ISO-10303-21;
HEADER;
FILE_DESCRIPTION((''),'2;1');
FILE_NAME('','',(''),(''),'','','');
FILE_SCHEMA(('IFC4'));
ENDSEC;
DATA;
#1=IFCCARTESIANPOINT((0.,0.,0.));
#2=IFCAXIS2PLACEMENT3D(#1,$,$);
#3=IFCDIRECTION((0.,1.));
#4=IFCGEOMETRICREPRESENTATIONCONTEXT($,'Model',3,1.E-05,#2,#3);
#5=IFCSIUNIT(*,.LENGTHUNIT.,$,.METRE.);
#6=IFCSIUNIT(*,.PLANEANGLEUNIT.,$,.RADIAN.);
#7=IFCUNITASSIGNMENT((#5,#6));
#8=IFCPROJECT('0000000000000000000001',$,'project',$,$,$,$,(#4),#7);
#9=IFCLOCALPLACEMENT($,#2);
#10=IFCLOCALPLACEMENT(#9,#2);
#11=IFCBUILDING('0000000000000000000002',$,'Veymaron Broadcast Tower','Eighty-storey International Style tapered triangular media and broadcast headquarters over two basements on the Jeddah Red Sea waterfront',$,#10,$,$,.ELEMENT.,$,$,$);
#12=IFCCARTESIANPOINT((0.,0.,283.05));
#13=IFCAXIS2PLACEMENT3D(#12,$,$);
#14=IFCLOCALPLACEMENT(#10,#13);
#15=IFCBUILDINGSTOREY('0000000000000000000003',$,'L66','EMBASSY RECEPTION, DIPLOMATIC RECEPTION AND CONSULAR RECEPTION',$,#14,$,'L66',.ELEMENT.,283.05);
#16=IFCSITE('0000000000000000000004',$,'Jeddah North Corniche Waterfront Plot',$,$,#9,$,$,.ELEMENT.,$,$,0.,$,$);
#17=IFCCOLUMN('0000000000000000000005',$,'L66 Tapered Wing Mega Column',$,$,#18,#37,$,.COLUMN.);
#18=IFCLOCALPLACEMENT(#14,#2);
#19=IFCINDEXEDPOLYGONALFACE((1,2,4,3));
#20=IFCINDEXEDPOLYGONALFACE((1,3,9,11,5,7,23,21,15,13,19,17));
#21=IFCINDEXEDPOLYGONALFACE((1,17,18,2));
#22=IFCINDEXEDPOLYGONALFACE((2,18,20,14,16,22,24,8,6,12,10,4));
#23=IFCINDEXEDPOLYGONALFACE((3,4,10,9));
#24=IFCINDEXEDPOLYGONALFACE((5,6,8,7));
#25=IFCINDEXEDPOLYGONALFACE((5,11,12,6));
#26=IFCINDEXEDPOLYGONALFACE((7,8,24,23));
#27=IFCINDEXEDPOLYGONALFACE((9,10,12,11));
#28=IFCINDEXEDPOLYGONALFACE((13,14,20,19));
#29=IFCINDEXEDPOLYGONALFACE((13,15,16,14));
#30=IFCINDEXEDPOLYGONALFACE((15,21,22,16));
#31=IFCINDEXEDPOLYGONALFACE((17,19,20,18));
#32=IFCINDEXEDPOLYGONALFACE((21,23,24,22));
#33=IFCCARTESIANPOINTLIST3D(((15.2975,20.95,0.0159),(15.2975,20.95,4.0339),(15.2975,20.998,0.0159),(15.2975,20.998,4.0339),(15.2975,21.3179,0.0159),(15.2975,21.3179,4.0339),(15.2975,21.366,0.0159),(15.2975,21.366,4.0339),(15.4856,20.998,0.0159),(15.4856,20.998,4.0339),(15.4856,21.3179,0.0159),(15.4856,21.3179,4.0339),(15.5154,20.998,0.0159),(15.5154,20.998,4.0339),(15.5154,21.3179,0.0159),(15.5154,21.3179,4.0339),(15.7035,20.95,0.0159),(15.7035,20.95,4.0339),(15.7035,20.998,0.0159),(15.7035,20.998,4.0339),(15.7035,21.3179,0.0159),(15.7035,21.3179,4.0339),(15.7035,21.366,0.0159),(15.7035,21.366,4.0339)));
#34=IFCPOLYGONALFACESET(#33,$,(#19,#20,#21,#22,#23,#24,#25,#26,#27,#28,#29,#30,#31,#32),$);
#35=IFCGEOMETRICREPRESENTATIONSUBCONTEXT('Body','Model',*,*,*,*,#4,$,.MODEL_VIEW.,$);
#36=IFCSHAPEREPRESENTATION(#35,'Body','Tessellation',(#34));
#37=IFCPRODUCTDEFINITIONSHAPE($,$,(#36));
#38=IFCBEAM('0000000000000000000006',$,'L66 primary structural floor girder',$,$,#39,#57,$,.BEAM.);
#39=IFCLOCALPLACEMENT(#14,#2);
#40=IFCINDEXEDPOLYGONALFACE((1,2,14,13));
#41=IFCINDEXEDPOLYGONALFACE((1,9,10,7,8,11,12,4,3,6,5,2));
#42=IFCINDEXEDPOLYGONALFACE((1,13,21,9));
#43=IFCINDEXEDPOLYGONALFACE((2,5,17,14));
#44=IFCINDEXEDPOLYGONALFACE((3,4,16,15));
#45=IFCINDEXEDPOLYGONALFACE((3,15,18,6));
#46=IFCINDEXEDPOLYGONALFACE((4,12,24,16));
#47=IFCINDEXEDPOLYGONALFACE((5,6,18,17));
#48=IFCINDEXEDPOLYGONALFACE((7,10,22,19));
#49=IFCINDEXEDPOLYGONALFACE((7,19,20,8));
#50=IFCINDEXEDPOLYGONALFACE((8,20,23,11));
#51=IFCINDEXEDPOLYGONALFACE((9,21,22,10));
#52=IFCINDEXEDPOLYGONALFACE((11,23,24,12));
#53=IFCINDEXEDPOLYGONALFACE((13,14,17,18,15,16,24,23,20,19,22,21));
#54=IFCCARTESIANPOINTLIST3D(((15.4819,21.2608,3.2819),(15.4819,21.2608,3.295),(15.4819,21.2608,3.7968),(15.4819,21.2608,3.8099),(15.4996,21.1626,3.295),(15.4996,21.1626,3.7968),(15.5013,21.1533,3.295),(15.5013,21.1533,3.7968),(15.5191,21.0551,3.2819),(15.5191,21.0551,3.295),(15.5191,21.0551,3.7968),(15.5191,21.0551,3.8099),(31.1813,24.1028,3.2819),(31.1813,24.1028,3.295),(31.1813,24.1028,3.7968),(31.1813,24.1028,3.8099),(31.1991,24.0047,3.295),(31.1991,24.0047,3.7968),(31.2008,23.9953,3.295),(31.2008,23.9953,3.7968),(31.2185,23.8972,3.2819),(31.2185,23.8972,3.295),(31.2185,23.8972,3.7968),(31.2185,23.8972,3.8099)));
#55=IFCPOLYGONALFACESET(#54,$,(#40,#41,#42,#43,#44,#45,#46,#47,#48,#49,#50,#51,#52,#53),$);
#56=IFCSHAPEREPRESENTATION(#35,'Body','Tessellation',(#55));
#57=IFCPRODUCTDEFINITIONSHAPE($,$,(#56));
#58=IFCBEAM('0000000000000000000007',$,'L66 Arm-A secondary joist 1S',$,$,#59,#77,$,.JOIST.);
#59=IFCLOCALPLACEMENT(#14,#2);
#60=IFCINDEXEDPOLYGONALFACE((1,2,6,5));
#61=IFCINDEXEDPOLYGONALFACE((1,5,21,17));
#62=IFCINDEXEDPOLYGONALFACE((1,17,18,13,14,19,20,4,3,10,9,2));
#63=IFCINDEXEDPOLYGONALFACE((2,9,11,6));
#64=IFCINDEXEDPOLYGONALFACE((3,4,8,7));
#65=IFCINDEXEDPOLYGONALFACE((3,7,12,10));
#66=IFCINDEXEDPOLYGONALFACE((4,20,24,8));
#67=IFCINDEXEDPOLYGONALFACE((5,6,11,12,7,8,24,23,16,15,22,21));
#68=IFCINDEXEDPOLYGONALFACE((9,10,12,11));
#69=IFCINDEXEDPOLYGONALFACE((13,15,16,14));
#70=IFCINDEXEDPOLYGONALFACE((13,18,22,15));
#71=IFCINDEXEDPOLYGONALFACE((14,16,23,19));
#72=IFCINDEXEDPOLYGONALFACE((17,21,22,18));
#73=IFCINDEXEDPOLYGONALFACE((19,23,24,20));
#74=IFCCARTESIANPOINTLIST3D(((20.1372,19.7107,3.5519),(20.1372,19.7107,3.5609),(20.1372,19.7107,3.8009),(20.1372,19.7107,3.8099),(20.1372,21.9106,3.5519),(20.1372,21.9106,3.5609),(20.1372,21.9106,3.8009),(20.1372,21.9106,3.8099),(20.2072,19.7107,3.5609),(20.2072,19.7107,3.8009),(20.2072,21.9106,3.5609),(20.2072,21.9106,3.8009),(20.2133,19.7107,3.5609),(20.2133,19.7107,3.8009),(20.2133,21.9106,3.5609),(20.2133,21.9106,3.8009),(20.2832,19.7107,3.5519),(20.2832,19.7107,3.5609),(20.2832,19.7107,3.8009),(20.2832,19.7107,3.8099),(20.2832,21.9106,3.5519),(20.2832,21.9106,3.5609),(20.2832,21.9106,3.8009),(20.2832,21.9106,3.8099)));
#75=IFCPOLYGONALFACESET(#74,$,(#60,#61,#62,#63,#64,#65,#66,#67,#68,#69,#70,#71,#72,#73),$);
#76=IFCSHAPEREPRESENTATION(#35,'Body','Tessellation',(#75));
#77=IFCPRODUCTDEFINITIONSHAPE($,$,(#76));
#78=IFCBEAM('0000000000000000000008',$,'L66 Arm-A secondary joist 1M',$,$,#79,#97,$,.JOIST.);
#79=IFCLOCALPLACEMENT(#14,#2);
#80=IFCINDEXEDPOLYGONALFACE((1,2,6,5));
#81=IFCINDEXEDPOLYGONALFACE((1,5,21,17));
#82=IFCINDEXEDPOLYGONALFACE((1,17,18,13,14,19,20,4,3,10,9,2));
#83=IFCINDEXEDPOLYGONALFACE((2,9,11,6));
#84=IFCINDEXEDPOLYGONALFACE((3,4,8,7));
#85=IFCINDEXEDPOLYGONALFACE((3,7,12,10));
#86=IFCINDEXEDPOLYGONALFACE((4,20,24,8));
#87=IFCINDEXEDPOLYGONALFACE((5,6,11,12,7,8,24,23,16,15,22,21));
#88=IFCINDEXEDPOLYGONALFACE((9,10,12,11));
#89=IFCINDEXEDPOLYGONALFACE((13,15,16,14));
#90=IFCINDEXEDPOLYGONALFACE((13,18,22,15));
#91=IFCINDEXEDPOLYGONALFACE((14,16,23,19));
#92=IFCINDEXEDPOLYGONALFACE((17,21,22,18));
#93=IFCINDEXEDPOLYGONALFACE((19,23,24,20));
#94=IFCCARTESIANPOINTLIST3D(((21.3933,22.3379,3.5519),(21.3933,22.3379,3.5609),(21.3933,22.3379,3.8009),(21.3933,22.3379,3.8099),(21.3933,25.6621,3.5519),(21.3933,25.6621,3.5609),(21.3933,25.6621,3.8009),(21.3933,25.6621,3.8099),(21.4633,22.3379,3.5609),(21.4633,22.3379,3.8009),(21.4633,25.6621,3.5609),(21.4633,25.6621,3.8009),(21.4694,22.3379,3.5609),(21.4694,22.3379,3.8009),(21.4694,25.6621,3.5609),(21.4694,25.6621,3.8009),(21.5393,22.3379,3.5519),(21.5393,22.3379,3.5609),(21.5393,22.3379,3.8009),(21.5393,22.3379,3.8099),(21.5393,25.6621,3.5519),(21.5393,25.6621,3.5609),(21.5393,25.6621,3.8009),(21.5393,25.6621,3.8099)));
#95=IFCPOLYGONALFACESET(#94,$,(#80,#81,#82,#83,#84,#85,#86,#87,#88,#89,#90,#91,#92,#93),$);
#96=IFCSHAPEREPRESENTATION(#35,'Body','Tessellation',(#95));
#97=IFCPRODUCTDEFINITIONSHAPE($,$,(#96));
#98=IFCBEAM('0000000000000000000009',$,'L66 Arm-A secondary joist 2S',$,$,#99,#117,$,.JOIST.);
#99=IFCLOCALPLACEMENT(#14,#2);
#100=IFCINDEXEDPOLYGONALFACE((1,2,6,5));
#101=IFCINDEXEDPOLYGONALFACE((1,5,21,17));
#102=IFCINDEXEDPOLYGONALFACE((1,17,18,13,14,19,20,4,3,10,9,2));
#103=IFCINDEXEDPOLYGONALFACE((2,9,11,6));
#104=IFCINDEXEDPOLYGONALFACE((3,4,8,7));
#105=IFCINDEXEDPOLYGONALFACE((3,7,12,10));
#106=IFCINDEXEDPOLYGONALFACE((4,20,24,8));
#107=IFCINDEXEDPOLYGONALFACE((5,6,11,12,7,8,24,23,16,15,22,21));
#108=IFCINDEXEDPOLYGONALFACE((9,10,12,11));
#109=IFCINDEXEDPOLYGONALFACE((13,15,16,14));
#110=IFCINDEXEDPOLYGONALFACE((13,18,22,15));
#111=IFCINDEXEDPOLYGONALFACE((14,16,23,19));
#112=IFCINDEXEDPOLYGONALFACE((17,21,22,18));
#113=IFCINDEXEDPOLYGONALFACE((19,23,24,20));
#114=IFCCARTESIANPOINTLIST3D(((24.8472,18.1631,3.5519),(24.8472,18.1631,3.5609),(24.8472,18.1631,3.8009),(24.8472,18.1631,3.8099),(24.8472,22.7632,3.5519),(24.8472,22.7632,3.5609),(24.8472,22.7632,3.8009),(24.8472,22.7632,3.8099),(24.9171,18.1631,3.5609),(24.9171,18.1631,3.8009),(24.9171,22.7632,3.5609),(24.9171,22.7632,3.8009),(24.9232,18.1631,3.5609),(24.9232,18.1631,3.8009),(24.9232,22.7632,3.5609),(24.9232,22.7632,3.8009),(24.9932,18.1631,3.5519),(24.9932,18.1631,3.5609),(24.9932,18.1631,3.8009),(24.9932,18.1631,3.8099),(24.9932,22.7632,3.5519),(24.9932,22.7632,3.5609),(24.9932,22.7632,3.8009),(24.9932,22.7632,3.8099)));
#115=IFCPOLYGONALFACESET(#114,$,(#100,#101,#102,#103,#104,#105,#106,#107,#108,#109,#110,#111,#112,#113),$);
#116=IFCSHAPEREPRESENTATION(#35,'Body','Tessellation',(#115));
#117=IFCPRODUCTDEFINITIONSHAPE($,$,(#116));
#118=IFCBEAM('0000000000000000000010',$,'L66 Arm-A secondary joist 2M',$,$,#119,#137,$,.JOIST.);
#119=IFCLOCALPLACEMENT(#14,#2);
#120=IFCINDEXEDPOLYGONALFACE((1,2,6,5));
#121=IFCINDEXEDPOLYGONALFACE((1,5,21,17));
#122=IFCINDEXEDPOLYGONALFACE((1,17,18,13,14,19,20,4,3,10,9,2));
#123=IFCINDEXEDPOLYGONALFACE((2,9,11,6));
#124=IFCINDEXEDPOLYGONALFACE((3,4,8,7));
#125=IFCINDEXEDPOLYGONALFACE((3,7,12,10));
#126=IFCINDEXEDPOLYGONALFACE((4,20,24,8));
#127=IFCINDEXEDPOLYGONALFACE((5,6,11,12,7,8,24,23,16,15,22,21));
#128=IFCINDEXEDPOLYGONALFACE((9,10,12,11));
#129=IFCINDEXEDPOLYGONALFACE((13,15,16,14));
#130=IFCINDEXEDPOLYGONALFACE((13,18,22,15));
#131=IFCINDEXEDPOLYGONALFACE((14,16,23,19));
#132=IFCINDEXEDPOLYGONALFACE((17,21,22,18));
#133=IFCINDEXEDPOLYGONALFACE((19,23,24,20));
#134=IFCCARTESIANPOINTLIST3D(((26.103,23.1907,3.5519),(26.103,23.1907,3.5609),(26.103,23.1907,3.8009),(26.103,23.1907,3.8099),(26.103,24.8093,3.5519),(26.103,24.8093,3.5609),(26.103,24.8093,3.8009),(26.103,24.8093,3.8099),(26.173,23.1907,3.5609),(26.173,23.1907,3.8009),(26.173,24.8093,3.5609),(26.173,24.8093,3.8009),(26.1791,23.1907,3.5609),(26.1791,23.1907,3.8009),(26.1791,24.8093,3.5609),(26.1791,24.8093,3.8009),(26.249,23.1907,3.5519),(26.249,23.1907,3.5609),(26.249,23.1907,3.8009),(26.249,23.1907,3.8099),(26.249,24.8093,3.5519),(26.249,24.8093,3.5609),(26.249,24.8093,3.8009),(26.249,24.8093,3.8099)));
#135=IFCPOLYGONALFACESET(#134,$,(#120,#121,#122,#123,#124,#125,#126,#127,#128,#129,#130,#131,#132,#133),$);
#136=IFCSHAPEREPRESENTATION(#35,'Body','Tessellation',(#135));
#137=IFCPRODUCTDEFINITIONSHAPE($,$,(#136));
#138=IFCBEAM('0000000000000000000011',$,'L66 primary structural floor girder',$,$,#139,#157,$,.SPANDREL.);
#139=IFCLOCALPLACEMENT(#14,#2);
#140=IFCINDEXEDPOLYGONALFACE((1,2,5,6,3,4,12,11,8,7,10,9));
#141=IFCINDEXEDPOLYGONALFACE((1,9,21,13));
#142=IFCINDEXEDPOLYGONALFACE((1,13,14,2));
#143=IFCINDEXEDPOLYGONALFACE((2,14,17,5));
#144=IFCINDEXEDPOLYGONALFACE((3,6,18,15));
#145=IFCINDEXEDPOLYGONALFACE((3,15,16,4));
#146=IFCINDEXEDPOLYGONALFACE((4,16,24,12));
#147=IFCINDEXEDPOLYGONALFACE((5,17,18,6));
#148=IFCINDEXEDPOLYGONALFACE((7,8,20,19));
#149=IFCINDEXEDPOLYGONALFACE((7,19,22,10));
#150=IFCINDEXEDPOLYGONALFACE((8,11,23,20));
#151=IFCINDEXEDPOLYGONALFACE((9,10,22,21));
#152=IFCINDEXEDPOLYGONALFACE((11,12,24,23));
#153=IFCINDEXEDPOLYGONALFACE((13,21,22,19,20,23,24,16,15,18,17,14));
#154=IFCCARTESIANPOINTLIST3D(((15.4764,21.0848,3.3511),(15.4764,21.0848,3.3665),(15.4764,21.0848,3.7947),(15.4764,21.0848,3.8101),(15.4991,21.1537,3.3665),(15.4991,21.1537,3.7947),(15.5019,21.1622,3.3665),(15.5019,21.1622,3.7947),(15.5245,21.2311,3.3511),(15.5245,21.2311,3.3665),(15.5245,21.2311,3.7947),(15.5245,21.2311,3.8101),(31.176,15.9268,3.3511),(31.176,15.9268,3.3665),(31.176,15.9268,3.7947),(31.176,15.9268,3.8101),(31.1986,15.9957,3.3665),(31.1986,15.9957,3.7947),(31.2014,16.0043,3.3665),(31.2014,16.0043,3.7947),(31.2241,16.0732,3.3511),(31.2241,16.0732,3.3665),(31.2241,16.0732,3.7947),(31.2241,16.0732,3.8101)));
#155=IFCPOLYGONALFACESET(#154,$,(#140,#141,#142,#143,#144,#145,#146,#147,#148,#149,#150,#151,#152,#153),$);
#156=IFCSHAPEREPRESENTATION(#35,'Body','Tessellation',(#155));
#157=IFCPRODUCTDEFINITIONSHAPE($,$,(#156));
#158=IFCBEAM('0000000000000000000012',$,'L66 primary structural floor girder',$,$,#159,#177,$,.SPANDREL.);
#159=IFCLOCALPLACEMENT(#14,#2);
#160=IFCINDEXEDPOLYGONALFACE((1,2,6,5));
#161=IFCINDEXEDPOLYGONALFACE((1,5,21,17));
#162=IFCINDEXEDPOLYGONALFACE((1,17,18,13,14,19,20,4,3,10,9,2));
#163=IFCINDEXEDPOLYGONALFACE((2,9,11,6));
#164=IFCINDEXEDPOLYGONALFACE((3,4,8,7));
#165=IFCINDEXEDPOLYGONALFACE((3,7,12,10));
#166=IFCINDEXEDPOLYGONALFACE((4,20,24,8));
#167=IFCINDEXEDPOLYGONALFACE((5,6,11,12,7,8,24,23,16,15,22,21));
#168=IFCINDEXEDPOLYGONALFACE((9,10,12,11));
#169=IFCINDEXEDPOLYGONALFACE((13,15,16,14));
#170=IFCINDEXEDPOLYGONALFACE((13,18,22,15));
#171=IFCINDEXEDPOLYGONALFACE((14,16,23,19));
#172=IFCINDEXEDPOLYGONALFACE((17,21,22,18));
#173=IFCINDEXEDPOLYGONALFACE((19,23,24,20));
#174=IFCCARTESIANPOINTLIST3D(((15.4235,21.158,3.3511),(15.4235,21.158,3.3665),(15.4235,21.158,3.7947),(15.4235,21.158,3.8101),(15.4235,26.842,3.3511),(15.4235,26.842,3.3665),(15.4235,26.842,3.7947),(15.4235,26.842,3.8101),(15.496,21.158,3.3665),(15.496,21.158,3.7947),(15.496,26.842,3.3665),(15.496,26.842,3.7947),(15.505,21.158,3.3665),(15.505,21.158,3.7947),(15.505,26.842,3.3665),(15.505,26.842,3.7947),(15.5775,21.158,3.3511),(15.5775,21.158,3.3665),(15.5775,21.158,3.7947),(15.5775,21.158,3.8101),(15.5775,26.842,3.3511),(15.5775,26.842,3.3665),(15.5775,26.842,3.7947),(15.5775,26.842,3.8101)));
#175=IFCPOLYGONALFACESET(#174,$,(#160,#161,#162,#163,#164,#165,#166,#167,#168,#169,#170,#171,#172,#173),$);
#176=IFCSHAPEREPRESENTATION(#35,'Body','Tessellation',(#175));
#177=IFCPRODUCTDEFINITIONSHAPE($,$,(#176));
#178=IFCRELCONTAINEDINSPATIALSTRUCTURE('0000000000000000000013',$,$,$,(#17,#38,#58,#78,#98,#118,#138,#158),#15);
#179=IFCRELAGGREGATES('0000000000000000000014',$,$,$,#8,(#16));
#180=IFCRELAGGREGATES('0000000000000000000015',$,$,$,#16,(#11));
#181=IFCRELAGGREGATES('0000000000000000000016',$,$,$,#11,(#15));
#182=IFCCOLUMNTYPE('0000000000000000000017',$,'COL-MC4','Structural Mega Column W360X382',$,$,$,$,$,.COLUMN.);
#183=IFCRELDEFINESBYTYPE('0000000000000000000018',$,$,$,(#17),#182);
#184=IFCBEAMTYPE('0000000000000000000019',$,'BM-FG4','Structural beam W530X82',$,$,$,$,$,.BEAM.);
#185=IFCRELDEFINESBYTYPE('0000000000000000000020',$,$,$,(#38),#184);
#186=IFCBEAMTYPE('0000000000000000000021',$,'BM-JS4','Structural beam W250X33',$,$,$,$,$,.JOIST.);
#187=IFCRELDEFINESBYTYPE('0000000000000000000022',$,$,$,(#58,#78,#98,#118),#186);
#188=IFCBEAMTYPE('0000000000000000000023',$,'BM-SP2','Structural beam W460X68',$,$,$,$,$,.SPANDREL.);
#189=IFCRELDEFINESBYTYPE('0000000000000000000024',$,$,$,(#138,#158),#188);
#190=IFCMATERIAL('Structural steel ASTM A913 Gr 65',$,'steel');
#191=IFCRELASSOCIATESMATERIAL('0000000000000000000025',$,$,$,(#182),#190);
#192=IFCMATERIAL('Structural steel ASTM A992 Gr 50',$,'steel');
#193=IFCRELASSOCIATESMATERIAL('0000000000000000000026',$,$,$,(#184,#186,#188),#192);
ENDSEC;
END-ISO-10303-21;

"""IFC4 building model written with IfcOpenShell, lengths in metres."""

from ifc_helpers import new_model, si_unit, direction, frame, origin, origin_2d, place, context, subcontext, project, spatial, i_section, extrude, material, material_profile, profile_set, type_object, element, save


model = new_model("IFC4")

# Units and contexts
model_context = context("Model", 3, precision=1e-05, world=origin(), true_north=direction((0.0, 1.0)))
body_context = subcontext(model_context, "Body", "Model", "MODEL_VIEW")
ifc_project = project(units=[si_unit("LENGTHUNIT", "METRE"), si_unit("PLANEANGLEUNIT", "RADIAN")], contexts=[model_context])

# Site, building, storey
site_placement = place(None, origin())
site = spatial("IfcSite", under=ifc_project, at=site_placement, Name="Jeddah North Corniche Waterfront Plot", CompositionType="ELEMENT", RefElevation=0.0)
building_placement = place(site_placement, origin())
building = spatial("IfcBuilding", under=site, at=building_placement, Name="Veymaron Broadcast Tower", Description="Eighty-storey International Style tapered triangular media and broadcast headquarters over two basements on the Jeddah Red Sea waterfront", CompositionType="ELEMENT")
storey_placement = place(building_placement, frame((0.0, 0.0, 283.05)))
storey = spatial("IfcBuildingStorey", under=building, at=storey_placement, Name="L66", Description="EMBASSY RECEPTION, DIPLOMATIC RECEPTION AND CONSULAR RECEPTION", LongName="L66", CompositionType="ELEMENT", Elevation=283.05)

# Column
ifc_material_1 = material(Name="Structural steel ASTM A913 Gr 65", Category="steel")
ifc_material_profile_1 = material_profile(ifc_material_1, i_section(OverallWidth=0.406, OverallDepth=0.416, WebThickness=0.0298, FlangeThickness=0.0481, at=origin_2d()), Name="W360X382")
ifc_profile_set_1 = profile_set([ifc_material_profile_1], Name="Structural steel ASTM A913 Gr 65")
column_type = type_object("IfcColumnType", Name="COL-MC4", Description="Structural Mega Column W360X382", PredefinedType="COLUMN", material=ifc_profile_set_1)
column_placement = place(storey_placement, frame((15.5005, 21.158, 0.0159), z_axis=(0.0, 0.0, 1.0), x_axis=(1.0, 0.0, 0.0)))
element("IfcColumn", 1, at=column_placement, inside=storey, type_object=column_type, Name="L66 Tapered Wing Mega Column", PredefinedType="COLUMN", context=body_context, shape_type="SweptSolid", body=[
    extrude(i_section(OverallWidth=0.406, OverallDepth=0.416, WebThickness=0.0298, FlangeThickness=0.0481, at=origin_2d()), origin(), (0.0, 0.0, 1.0), 4.0181),
])

# Beams
ifc_material_2 = material(Name="Structural steel ASTM A992 Gr 50", Category="steel")
ifc_material_profile_2 = material_profile(ifc_material_2, i_section(OverallWidth=0.209, OverallDepth=0.5281, WebThickness=0.0095, FlangeThickness=0.0132, at=origin_2d()), Name="W530X82")
ifc_profile_set_2 = profile_set([ifc_material_profile_2], Name="Structural steel ASTM A992 Gr 50")
beam_type_1 = type_object("IfcBeamType", Name="BM-FG4", Description="Structural beam W530X82", PredefinedType="BEAM", material=ifc_profile_set_2)
beam_1_placement = place(storey_placement, frame((15.5005, 21.158, 3.5459), z_axis=(0.984006, 0.178133, 0.0), x_axis=(-0.178133, 0.984006, 0.0)))
element("IfcBeam", 2, at=beam_1_placement, inside=storey, type_object=beam_type_1, Name="L66 primary structural floor girder", PredefinedType="BEAM", context=body_context, shape_type="SweptSolid", body=[
    extrude(i_section(OverallWidth=0.209, OverallDepth=0.5281, WebThickness=0.0095, FlangeThickness=0.0132, at=origin_2d()), origin(), (0.0, 0.0, 1.0), 15.9546),
])
ifc_material_profile_3 = material_profile(ifc_material_2, i_section(OverallWidth=0.146, OverallDepth=0.2581, WebThickness=0.0061, FlangeThickness=0.009, at=origin_2d()), Name="W250X33")
ifc_profile_set_3 = profile_set([ifc_material_profile_3], Name="Structural steel ASTM A992 Gr 50")
beam_type_2 = type_object("IfcBeamType", Name="BM-JS4", Description="Structural beam W250X33", PredefinedType="JOIST", material=ifc_profile_set_3)
beam_2_placement = place(storey_placement, frame((20.2102, 19.7107, 3.6809), z_axis=(0.0, 1.0, 0.0), x_axis=(-1.0, 0.0, 0.0)))
element("IfcBeam", 3, at=beam_2_placement, inside=storey, type_object=beam_type_2, Name="L66 Arm-A secondary joist 1S", PredefinedType="JOIST", context=body_context, shape_type="SweptSolid", body=[
    extrude(i_section(OverallWidth=0.146, OverallDepth=0.2581, WebThickness=0.0061, FlangeThickness=0.009, at=origin_2d()), origin(), (0.0, 0.0, 1.0), 2.2),
])
beam_3_placement = place(storey_placement, frame((21.4663, 22.3379, 3.6809), z_axis=(0.0, 1.0, 0.0), x_axis=(-1.0, 0.0, 0.0)))
element("IfcBeam", 4, at=beam_3_placement, inside=storey, type_object=beam_type_2, Name="L66 Arm-A secondary joist 1M", PredefinedType="JOIST", context=body_context, shape_type="SweptSolid", body=[
    extrude(i_section(OverallWidth=0.146, OverallDepth=0.2581, WebThickness=0.0061, FlangeThickness=0.009, at=origin_2d()), origin(), (0.0, 0.0, 1.0), 3.3242),
])
beam_4_placement = place(storey_placement, frame((24.9202, 18.1631, 3.6809), z_axis=(0.0, 1.0, 0.0), x_axis=(-1.0, 0.0, 0.0)))
element("IfcBeam", 5, at=beam_4_placement, inside=storey, type_object=beam_type_2, Name="L66 Arm-A secondary joist 2S", PredefinedType="JOIST", context=body_context, shape_type="SweptSolid", body=[
    extrude(i_section(OverallWidth=0.146, OverallDepth=0.2581, WebThickness=0.0061, FlangeThickness=0.009, at=origin_2d()), origin(), (0.0, 0.0, 1.0), 4.6001),
])
beam_5_placement = place(storey_placement, frame((26.176, 23.1907, 3.6809), z_axis=(0.0, 1.0, 0.0), x_axis=(-1.0, 0.0, 0.0)))
element("IfcBeam", 6, at=beam_5_placement, inside=storey, type_object=beam_type_2, Name="L66 Arm-A secondary joist 2M", PredefinedType="JOIST", context=body_context, shape_type="SweptSolid", body=[
    extrude(i_section(OverallWidth=0.146, OverallDepth=0.2581, WebThickness=0.0061, FlangeThickness=0.009, at=origin_2d()), origin(), (0.0, 0.0, 1.0), 1.6187),
])
ifc_material_profile_4 = material_profile(ifc_material_2, i_section(OverallWidth=0.1541, OverallDepth=0.459, WebThickness=0.009, FlangeThickness=0.0154, at=origin_2d()), Name="W460X68")
ifc_profile_set_4 = profile_set([ifc_material_profile_4], Name="Structural steel ASTM A992 Gr 50")
beam_type_3 = type_object("IfcBeamType", Name="BM-SP2", Description="Structural beam W460X68", PredefinedType="SPANDREL", material=ifc_profile_set_4)
beam_6_placement = place(storey_placement, frame((15.5005, 21.158, 3.5806), z_axis=(0.95004, -0.312129, 0.0), x_axis=(0.312129, 0.95004, 0.0)))
element("IfcBeam", 7, at=beam_6_placement, inside=storey, type_object=beam_type_3, Name="L66 primary structural floor girder", PredefinedType="SPANDREL", context=body_context, shape_type="SweptSolid", body=[
    extrude(i_section(OverallWidth=0.1541, OverallDepth=0.459, WebThickness=0.009, FlangeThickness=0.0154, at=origin_2d()), origin(), (0.0, 0.0, 1.0), 16.5251),
])
beam_7_placement = place(storey_placement, frame((15.5005, 21.158, 3.5806), z_axis=(0.0, 1.0, 0.0), x_axis=(-1.0, 0.0, 0.0)))
element("IfcBeam", 8, at=beam_7_placement, inside=storey, type_object=beam_type_3, Name="L66 primary structural floor girder", PredefinedType="SPANDREL", context=body_context, shape_type="SweptSolid", body=[
    extrude(i_section(OverallWidth=0.1541, OverallDepth=0.459, WebThickness=0.009, FlangeThickness=0.0154, at=origin_2d()), origin(), (0.0, 0.0, 1.0), 5.6841),
])

save(model, "model.ifc")
